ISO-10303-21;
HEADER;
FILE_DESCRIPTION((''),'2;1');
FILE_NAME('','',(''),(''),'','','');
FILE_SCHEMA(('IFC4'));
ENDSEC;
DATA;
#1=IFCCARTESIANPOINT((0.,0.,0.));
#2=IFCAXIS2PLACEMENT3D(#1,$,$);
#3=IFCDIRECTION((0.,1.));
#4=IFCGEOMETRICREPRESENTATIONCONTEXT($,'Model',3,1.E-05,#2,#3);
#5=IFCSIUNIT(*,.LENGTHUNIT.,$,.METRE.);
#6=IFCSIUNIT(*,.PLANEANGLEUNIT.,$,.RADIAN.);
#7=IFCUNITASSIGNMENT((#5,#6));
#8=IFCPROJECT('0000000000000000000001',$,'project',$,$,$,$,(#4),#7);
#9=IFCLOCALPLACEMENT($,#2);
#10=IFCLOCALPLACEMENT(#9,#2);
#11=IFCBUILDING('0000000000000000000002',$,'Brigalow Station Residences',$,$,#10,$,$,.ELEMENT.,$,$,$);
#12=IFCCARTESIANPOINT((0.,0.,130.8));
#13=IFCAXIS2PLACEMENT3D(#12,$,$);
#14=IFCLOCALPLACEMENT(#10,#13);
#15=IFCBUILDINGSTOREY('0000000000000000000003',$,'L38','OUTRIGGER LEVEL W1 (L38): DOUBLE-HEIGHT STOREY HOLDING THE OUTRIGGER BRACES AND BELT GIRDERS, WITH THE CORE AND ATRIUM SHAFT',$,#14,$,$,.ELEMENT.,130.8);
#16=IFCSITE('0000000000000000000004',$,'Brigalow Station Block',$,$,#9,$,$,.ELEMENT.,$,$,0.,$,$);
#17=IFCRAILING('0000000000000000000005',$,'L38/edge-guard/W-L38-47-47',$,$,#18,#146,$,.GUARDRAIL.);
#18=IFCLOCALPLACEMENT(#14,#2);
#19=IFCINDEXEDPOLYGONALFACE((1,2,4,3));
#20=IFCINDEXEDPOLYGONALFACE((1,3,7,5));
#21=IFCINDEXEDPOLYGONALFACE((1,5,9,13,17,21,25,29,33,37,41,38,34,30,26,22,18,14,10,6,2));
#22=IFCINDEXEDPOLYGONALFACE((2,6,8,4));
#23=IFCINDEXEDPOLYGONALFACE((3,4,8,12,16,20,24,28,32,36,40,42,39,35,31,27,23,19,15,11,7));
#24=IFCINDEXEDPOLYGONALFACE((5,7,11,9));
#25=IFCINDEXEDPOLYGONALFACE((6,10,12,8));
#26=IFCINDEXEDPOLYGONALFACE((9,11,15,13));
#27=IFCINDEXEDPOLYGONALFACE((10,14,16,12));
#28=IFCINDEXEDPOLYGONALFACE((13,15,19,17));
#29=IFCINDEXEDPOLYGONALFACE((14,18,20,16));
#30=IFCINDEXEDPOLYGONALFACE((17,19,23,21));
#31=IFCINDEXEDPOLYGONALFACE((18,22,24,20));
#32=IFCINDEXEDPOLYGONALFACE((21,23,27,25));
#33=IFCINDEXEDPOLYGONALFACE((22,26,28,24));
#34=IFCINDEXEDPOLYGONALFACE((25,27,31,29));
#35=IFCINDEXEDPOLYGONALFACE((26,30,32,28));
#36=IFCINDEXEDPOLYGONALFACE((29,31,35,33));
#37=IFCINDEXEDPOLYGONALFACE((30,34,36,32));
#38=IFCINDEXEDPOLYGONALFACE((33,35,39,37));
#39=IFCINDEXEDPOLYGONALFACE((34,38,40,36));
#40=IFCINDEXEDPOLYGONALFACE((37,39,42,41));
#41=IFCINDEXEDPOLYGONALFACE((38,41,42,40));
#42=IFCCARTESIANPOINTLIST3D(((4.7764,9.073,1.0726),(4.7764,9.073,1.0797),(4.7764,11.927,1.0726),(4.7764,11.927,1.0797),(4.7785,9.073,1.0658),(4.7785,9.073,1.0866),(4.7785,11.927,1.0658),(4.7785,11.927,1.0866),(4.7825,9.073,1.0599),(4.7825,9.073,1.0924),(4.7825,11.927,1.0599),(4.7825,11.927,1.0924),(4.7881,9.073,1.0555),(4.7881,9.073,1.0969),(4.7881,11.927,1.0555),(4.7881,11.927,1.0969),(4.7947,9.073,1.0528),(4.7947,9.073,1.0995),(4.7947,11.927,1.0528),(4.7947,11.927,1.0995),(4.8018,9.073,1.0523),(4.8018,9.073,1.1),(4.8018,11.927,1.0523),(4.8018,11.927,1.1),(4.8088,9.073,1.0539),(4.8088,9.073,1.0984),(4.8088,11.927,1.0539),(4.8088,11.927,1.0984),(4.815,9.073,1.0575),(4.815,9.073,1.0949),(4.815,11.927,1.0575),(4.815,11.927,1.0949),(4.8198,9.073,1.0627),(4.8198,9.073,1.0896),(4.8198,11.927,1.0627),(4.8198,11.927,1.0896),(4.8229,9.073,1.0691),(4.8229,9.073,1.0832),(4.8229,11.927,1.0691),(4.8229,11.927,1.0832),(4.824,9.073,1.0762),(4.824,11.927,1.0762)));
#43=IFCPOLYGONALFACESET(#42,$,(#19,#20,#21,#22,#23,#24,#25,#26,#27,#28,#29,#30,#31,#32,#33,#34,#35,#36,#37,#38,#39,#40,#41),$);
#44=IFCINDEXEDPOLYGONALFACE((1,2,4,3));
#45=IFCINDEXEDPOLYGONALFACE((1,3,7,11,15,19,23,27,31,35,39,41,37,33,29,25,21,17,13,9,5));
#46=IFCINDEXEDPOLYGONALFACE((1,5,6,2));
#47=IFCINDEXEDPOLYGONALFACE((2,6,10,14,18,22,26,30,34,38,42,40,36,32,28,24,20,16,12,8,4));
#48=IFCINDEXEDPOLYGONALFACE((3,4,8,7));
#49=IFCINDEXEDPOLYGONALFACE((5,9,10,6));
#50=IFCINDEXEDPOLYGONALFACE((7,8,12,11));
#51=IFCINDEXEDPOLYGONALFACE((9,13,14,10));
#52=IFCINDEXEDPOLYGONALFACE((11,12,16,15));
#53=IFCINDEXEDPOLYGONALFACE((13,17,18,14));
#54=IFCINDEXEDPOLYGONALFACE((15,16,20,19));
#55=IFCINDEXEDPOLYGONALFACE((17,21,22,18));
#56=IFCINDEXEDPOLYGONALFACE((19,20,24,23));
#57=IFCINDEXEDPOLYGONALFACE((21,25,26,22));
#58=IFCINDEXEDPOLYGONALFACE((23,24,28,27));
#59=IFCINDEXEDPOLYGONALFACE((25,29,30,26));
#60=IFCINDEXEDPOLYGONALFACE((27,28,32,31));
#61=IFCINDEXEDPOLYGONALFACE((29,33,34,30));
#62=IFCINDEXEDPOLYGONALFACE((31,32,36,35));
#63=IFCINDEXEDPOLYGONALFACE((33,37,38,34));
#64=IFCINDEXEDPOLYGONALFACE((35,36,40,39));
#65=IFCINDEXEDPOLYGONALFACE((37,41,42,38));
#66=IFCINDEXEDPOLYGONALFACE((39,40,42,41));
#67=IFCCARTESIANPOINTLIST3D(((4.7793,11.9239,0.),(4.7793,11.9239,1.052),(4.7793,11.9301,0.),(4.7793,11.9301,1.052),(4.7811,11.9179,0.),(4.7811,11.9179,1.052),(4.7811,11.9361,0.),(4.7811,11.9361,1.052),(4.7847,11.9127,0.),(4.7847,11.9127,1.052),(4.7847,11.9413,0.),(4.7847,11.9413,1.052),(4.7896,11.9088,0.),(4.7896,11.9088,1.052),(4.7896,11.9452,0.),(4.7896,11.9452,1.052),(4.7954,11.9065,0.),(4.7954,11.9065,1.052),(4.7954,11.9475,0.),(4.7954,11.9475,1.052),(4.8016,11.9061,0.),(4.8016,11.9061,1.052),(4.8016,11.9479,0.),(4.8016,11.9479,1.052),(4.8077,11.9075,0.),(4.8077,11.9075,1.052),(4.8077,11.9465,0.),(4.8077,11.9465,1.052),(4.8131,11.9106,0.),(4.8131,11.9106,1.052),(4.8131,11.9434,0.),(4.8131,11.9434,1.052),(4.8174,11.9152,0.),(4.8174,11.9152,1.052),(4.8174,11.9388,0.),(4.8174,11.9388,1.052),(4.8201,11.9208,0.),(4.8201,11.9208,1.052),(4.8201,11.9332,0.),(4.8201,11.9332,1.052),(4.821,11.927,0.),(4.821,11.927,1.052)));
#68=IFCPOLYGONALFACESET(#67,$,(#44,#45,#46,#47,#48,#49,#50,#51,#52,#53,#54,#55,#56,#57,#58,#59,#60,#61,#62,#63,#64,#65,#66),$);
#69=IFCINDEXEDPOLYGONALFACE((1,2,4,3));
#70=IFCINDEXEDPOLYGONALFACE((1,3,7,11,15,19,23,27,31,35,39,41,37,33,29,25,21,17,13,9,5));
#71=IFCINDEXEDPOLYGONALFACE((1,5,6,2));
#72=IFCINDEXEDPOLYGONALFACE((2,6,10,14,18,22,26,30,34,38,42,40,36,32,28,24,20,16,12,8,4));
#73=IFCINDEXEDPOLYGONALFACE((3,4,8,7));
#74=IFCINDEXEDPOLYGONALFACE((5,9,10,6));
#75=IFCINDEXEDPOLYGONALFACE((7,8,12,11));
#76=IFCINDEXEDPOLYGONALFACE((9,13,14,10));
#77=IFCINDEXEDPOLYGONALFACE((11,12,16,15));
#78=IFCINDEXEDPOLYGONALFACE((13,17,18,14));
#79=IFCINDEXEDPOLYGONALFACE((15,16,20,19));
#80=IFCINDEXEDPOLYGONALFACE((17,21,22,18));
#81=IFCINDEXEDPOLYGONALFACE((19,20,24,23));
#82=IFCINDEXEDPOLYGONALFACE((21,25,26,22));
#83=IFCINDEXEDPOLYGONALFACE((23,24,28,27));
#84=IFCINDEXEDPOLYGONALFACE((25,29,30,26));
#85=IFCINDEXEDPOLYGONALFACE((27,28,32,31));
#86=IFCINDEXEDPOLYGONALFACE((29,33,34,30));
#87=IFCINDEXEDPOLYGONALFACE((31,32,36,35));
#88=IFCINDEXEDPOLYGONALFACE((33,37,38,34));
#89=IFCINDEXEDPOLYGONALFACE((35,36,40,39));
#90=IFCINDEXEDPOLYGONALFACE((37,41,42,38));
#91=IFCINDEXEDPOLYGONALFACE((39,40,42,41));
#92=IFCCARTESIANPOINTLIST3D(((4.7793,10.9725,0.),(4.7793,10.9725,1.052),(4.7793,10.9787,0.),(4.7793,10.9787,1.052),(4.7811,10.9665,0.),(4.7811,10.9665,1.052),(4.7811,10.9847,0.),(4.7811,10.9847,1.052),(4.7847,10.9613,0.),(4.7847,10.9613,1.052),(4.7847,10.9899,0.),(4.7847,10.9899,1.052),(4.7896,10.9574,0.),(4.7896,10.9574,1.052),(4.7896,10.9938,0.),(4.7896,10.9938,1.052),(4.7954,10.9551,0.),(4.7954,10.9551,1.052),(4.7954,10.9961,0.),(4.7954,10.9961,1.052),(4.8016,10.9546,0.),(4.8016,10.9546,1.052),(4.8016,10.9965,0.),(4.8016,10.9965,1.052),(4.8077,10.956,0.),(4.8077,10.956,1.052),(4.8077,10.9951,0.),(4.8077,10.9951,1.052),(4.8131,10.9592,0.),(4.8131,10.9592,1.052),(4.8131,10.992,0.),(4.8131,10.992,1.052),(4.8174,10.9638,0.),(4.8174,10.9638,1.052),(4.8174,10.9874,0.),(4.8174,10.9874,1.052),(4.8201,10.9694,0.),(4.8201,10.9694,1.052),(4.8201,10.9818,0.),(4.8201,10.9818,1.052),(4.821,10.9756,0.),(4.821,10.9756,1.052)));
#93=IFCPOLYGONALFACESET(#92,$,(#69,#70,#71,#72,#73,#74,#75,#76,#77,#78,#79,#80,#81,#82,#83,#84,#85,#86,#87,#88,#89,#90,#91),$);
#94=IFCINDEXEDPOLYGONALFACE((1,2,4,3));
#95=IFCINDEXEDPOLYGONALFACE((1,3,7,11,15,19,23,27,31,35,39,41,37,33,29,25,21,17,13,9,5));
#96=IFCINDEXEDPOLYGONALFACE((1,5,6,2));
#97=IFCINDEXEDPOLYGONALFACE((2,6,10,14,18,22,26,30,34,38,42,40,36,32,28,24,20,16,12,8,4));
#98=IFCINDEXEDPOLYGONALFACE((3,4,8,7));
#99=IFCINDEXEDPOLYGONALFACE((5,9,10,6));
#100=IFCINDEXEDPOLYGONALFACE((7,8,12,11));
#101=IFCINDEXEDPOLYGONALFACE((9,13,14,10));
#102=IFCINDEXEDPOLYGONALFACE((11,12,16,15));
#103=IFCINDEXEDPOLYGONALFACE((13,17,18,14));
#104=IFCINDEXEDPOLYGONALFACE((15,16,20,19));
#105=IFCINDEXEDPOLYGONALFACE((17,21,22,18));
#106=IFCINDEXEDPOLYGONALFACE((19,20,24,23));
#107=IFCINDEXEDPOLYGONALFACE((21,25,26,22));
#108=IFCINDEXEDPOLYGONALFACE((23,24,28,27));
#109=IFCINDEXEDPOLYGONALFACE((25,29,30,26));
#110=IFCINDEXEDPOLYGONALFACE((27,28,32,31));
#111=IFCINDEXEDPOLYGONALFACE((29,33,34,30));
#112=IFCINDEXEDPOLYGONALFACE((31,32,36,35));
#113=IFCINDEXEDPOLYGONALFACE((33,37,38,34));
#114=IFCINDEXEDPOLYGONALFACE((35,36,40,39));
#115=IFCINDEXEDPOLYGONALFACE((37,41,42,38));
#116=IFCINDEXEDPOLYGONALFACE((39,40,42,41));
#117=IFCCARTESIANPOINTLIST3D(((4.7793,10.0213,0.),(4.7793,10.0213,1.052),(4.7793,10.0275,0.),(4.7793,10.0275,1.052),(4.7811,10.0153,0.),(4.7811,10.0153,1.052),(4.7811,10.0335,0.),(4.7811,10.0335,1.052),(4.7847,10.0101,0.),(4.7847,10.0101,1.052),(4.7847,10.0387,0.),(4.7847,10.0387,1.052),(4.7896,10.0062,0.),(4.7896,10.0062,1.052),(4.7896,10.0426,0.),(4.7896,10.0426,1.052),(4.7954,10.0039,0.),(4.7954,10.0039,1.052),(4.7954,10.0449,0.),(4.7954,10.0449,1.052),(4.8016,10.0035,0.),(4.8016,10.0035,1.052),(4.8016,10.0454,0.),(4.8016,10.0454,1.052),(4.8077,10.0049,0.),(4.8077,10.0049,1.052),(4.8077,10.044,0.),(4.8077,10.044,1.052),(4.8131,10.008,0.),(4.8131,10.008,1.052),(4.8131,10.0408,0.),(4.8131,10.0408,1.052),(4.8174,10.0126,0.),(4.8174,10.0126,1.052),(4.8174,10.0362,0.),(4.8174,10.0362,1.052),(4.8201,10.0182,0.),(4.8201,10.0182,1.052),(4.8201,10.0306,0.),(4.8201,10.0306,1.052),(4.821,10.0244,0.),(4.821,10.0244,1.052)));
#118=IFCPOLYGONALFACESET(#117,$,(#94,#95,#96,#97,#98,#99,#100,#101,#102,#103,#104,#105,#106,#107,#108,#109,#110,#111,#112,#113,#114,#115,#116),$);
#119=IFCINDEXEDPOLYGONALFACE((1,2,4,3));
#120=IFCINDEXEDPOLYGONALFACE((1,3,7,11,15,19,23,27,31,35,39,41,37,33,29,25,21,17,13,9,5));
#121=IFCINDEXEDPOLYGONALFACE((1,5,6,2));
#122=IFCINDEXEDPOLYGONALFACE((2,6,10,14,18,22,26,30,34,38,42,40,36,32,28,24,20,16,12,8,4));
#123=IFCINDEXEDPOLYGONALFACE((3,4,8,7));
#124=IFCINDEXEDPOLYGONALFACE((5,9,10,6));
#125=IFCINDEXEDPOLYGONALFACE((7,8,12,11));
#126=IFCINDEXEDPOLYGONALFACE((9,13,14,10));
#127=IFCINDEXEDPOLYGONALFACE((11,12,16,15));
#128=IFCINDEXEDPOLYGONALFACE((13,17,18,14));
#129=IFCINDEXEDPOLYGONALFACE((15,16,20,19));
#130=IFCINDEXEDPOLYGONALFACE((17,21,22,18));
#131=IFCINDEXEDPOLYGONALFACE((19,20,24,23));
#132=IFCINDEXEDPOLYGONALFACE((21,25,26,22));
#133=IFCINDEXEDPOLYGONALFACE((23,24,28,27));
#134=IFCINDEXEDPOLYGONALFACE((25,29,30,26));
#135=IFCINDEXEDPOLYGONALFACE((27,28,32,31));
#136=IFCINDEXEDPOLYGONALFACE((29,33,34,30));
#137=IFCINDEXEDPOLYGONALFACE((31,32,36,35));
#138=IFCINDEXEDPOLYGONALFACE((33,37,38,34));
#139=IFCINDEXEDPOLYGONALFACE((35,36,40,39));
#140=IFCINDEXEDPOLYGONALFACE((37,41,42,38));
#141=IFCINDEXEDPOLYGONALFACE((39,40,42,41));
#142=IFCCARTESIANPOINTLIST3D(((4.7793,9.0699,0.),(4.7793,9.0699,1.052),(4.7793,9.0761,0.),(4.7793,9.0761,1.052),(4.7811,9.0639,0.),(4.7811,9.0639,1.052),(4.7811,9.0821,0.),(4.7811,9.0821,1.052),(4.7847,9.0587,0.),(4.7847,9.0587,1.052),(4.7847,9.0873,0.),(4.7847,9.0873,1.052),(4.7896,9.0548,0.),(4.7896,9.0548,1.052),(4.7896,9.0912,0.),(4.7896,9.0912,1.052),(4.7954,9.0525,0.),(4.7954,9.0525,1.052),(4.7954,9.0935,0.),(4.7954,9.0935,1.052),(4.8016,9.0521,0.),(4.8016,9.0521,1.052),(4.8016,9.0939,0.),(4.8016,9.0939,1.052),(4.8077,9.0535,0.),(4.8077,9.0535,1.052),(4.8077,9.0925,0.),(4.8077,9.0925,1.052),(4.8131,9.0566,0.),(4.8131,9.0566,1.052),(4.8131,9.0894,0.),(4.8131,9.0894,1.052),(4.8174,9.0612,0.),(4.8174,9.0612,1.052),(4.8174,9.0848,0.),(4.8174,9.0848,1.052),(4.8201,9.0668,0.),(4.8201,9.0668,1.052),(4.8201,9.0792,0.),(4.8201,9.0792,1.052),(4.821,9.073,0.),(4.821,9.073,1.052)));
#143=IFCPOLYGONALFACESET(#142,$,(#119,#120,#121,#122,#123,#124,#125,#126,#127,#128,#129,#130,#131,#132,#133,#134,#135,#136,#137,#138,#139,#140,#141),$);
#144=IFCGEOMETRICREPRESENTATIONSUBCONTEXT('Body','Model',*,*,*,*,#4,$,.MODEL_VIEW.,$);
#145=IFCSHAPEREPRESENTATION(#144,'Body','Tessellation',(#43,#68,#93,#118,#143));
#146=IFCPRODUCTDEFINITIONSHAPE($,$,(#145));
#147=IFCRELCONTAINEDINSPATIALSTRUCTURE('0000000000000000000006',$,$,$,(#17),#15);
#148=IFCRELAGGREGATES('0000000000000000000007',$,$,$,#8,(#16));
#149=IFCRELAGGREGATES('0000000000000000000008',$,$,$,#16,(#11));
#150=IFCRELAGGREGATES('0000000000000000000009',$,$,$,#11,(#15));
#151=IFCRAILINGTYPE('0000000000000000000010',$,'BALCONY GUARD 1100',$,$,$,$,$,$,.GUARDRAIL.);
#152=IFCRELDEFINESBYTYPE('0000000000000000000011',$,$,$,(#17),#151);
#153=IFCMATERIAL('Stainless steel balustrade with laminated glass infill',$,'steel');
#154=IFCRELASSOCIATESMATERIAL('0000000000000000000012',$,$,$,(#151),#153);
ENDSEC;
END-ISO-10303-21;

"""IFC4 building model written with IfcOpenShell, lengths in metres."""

from ifc_helpers import new_model, si_unit, direction, frame, origin, origin_2d, place, context, subcontext, project, spatial, circle, extrude, material, type_object, element, save


model = new_model("IFC4")

# Units and contexts
model_context = context("Model", 3, precision=1e-05, world=origin(), true_north=direction((0.0, 1.0)))
body_context = subcontext(model_context, "Body", "Model", "MODEL_VIEW")
ifc_project = project(units=[si_unit("LENGTHUNIT", "METRE"), si_unit("PLANEANGLEUNIT", "RADIAN")], contexts=[model_context])

# Site, building, storey
site_placement = place(None, origin())
site = spatial("IfcSite", under=ifc_project, at=site_placement, Name="Brigalow Station Block", CompositionType="ELEMENT", RefElevation=0.0)
building_placement = place(site_placement, origin())
building = spatial("IfcBuilding", under=site, at=building_placement, Name="Brigalow Station Residences", CompositionType="ELEMENT")
storey_placement = place(building_placement, frame((0.0, 0.0, 130.8)))
storey = spatial("IfcBuildingStorey", under=building, at=storey_placement, Name="L38", Description="OUTRIGGER LEVEL W1 (L38): DOUBLE-HEIGHT STOREY HOLDING THE OUTRIGGER BRACES AND BELT GIRDERS, WITH THE CORE AND ATRIUM SHAFT", CompositionType="ELEMENT", Elevation=130.8)

# Railing
ifc_material_1 = material(Name="Stainless steel balustrade with laminated glass infill", Category="steel")
railing_type = type_object("IfcRailingType", Name="BALCONY GUARD 1100", PredefinedType="GUARDRAIL", material=ifc_material_1)
railing_1_placement = place(storey_placement, frame((4.8, 11.927, 0.0)))
element("IfcRailing", 1, at=railing_1_placement, inside=storey, type_object=railing_type, Name="L38/edge-guard/W-L38-47-47", PredefinedType="GUARDRAIL", context=body_context, shape_type="SweptSolid", body=[
    extrude(circle(Radius=0.0239, at=origin_2d()), frame((0.0, 0.0, 1.0762), z_axis=(0.0, -1.0, 0.0), x_axis=(1.0, 0.0, 0.0)), (0.0, 0.0, 1.0), 2.854),
    extrude(circle(Radius=0.021, at=origin_2d()), origin(), (0.0, 0.0, 1.0), 1.052),
    extrude(circle(Radius=0.021, at=origin_2d()), frame((0.0, -0.9514, 0.0)), (0.0, 0.0, 1.0), 1.052),
    extrude(circle(Radius=0.021, at=origin_2d()), frame((0.0, -1.9026, 0.0)), (0.0, 0.0, 1.0), 1.052),
    extrude(circle(Radius=0.021, at=origin_2d()), frame((0.0, -2.854, 0.0)), (0.0, 0.0, 1.0), 1.052),
])

save(model, "model.ifc")
